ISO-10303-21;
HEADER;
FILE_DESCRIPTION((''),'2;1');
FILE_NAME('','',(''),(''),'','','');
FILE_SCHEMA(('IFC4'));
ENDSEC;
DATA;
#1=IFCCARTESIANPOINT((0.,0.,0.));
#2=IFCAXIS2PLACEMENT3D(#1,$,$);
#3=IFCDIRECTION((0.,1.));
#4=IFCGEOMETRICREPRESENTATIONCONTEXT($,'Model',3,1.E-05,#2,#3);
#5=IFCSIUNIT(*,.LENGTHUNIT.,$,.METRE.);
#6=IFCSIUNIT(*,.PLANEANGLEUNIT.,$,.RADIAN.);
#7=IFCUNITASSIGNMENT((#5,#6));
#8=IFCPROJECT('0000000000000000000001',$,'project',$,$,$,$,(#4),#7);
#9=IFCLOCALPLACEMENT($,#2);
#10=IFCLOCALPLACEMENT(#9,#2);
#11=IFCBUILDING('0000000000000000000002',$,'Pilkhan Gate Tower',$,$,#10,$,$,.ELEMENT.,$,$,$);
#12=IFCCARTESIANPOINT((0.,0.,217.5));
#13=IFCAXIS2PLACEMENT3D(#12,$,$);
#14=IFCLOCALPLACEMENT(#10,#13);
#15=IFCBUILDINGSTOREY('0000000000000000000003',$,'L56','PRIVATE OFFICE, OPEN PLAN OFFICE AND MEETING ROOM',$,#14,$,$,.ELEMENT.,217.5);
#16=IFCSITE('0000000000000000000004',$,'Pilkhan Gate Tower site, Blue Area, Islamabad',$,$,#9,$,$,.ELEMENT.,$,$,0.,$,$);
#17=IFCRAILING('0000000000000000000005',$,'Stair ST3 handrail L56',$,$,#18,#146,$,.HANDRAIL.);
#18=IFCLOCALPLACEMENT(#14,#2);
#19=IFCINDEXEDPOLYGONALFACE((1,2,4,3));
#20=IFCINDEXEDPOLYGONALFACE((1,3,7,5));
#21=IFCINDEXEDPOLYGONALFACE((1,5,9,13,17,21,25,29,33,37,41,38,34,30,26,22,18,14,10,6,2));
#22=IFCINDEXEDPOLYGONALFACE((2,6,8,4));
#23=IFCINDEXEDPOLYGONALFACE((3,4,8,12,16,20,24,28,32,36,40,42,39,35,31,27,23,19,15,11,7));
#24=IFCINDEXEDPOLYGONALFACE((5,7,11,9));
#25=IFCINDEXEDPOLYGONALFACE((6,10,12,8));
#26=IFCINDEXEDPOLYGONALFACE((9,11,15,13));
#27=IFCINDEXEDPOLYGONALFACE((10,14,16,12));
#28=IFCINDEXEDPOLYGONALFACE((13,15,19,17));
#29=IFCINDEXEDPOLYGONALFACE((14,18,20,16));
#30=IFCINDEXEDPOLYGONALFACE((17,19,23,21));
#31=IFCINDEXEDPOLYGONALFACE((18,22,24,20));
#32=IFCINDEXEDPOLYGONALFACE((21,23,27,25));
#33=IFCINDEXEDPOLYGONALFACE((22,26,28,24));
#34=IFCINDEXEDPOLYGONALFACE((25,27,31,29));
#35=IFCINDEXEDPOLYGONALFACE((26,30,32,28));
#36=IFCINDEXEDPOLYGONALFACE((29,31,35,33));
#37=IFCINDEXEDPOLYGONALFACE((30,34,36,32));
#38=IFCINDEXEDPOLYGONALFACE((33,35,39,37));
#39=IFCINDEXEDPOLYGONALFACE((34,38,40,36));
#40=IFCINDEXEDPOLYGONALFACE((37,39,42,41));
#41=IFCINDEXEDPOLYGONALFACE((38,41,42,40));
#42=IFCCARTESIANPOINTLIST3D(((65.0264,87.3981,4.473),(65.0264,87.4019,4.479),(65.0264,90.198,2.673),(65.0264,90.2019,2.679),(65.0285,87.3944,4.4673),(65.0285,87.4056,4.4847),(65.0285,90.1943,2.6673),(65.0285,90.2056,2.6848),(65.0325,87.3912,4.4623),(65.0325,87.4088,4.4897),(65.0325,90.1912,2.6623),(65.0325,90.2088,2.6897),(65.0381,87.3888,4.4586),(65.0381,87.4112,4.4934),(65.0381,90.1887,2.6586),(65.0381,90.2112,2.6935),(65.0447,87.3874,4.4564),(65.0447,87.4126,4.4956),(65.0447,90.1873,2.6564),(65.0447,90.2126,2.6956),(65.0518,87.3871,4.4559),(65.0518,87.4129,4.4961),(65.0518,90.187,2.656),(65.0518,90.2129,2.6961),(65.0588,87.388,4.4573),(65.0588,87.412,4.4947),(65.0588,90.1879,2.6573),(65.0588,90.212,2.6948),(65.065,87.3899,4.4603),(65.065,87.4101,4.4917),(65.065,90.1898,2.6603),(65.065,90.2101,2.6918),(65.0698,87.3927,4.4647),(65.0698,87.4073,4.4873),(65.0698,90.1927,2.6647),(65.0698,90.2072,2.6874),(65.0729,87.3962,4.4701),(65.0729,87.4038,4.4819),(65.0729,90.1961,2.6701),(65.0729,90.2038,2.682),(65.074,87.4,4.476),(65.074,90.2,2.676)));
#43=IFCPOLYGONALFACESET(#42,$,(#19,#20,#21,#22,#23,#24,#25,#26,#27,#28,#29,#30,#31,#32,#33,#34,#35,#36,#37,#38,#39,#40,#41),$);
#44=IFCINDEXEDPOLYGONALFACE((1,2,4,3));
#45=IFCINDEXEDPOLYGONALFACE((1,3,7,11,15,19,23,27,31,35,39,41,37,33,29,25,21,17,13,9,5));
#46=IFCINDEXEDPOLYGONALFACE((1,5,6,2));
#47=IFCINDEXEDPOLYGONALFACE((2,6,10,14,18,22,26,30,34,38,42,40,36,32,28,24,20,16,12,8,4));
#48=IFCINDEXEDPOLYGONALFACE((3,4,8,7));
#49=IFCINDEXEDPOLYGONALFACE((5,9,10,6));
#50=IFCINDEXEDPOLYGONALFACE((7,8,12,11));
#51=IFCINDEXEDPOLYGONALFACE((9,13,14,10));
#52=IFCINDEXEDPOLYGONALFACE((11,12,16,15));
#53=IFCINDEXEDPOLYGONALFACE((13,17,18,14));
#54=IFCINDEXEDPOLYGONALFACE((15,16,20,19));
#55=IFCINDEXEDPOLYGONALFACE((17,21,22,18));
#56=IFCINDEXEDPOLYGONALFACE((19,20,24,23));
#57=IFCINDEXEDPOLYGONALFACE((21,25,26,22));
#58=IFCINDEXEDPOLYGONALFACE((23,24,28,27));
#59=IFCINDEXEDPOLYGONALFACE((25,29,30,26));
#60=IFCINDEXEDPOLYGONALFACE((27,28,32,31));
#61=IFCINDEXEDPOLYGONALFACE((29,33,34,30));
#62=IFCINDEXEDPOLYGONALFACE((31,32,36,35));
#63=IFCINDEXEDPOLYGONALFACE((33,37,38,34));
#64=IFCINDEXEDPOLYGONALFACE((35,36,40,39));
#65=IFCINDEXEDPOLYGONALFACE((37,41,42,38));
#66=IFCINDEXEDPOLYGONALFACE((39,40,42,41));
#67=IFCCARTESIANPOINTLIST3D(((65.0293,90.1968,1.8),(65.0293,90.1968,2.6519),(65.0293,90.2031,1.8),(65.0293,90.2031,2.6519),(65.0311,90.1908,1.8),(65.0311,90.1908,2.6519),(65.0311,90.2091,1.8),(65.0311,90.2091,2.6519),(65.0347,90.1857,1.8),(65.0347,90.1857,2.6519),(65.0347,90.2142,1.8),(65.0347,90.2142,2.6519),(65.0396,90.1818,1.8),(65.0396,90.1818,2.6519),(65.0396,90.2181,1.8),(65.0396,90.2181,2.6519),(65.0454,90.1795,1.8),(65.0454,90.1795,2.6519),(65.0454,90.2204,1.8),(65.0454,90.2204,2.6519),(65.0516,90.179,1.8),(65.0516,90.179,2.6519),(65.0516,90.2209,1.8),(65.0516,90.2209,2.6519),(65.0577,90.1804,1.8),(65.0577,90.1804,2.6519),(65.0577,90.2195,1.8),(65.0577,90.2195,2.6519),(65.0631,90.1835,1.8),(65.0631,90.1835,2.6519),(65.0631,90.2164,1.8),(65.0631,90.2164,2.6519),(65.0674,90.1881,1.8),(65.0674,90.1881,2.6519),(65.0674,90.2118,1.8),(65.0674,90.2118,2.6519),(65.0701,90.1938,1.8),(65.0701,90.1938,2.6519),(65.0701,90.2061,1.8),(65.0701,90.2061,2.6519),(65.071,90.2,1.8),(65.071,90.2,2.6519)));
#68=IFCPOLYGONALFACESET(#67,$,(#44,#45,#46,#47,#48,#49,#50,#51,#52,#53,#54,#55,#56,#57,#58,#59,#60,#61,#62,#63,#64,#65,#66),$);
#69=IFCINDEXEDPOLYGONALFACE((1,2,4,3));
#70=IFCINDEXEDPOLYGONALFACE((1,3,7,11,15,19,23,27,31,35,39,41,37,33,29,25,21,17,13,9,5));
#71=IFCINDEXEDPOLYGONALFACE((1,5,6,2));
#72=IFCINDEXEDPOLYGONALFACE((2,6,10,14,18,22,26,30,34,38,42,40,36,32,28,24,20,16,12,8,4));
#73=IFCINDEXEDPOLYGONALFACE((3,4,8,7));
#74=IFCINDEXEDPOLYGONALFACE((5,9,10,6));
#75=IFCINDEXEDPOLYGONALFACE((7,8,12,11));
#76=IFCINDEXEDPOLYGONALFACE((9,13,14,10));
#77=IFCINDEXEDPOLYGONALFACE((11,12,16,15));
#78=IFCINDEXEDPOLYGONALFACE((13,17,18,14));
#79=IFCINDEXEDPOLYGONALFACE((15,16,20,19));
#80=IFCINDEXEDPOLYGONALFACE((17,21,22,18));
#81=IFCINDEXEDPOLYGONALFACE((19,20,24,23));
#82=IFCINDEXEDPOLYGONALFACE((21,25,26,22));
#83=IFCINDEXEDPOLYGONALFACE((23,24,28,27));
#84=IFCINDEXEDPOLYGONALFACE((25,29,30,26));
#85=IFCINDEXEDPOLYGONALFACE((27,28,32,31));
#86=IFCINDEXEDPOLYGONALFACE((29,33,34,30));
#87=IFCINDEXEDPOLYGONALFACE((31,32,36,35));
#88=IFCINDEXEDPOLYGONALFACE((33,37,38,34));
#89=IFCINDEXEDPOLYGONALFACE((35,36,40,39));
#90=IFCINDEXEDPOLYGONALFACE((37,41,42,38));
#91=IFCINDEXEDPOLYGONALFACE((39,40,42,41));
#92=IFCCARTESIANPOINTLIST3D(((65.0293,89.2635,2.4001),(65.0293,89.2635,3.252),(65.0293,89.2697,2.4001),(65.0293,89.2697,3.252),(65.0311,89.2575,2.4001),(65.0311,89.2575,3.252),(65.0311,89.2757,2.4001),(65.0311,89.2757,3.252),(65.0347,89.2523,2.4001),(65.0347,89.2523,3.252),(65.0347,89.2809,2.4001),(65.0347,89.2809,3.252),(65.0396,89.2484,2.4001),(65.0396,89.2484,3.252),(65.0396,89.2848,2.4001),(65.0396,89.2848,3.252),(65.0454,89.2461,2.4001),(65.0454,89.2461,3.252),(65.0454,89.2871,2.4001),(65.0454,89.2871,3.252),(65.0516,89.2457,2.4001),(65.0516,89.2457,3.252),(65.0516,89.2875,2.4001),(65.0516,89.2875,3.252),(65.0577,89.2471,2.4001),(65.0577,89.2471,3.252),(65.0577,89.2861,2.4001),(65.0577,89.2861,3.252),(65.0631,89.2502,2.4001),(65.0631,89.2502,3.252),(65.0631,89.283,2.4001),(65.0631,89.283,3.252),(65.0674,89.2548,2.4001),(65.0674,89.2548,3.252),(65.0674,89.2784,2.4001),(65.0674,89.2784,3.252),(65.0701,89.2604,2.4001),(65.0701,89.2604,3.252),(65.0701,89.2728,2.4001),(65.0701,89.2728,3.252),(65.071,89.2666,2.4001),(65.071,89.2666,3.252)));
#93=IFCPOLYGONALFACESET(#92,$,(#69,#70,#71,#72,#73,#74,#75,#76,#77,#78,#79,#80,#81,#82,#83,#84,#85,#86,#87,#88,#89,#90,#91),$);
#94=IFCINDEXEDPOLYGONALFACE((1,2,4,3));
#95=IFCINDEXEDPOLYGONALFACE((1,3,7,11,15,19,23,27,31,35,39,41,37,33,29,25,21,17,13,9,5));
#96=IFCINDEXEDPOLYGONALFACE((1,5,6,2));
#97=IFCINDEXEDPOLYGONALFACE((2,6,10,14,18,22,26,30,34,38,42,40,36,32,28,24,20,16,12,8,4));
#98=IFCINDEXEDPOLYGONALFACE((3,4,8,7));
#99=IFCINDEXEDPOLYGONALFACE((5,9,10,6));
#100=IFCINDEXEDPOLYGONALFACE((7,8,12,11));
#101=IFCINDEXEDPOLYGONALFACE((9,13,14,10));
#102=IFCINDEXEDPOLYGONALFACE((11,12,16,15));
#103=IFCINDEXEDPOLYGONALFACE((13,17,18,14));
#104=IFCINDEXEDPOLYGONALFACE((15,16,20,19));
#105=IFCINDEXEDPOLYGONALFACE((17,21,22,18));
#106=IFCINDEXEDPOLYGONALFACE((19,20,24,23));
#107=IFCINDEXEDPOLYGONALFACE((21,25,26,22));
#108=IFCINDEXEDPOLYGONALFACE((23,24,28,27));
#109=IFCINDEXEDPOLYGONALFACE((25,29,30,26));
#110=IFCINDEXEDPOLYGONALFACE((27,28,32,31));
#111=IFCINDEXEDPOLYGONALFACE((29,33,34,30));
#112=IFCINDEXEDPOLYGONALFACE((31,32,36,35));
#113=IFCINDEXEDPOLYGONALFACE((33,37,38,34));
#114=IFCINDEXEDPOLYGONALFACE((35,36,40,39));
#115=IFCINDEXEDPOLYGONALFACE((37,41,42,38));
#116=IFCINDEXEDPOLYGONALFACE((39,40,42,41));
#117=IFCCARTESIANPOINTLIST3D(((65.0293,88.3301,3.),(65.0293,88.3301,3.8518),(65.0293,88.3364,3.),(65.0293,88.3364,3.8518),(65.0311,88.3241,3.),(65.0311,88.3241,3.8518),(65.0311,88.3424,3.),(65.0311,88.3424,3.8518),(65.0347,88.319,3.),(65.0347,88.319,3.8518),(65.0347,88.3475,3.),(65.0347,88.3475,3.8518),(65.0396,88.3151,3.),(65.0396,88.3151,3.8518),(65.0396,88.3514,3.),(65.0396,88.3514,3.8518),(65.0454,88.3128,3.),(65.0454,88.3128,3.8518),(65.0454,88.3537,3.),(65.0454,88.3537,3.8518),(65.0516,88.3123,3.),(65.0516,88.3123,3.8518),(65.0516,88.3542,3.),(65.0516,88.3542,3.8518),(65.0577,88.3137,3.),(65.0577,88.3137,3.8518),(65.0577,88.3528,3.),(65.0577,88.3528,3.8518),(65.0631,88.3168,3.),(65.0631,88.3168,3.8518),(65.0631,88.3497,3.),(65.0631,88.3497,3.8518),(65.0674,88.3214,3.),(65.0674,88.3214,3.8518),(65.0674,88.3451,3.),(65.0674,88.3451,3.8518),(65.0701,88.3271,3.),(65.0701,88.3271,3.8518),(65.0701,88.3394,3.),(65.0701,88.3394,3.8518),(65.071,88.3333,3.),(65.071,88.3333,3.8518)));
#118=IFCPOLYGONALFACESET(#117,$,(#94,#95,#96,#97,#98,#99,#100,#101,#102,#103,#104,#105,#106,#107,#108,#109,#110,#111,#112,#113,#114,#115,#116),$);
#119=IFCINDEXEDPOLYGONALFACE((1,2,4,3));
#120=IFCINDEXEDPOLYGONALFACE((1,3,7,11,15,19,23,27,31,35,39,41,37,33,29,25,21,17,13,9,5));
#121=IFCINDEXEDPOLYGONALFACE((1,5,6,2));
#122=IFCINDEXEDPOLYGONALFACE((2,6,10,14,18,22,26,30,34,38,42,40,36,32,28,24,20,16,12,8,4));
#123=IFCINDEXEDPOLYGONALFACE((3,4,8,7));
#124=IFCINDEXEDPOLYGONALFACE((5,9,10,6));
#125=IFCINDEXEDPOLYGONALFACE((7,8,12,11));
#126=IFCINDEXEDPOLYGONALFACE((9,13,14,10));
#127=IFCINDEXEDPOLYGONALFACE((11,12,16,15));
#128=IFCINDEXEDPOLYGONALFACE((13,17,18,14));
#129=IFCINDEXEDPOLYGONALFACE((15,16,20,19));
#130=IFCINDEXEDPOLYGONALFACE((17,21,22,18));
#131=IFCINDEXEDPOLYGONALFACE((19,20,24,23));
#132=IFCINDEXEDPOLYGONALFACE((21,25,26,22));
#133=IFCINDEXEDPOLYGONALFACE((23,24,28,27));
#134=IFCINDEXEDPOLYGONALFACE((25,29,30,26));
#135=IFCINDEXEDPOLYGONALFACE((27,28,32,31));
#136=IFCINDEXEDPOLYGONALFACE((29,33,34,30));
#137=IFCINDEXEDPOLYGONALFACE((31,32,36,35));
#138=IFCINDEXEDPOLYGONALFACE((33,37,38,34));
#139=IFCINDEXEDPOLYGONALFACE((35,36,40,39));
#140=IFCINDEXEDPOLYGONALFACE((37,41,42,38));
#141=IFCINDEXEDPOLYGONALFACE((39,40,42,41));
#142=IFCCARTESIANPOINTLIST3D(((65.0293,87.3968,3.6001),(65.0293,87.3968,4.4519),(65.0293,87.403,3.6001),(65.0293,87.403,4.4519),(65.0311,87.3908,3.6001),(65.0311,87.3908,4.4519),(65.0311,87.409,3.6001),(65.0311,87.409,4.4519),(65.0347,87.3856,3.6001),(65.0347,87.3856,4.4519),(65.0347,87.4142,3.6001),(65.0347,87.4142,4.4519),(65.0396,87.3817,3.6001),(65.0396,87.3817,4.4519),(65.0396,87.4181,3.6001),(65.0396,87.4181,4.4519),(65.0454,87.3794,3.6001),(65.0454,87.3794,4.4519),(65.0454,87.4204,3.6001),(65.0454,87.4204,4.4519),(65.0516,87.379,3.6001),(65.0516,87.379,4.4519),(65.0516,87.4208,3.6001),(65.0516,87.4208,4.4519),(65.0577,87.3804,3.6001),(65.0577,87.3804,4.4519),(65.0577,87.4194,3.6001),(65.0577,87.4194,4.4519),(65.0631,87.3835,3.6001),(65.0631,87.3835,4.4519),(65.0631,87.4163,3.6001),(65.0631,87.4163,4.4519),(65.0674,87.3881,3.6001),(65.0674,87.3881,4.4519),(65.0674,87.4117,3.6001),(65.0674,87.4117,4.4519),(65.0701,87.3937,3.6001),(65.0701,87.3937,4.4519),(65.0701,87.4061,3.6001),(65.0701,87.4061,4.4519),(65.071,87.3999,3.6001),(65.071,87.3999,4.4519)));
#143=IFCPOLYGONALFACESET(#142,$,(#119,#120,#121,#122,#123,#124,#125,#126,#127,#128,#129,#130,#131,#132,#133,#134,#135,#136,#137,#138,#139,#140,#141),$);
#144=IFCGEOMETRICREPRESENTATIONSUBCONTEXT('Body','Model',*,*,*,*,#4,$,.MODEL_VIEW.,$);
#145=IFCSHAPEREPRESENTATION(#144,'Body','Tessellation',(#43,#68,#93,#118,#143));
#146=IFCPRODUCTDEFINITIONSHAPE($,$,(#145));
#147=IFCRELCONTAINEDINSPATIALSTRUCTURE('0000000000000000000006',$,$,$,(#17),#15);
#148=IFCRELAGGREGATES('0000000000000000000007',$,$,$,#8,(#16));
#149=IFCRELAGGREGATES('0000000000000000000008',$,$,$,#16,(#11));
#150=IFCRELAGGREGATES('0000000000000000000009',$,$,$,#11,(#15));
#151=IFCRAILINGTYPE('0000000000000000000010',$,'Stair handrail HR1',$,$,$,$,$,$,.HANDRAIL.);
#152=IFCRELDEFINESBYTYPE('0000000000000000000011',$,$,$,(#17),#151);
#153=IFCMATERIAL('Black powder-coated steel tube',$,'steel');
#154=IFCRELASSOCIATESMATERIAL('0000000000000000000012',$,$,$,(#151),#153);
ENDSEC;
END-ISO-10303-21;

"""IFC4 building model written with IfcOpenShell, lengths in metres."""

from ifc_helpers import new_model, si_unit, direction, frame, origin, origin_2d, place, context, subcontext, project, spatial, circle, extrude, material, type_object, element, save


model = new_model("IFC4")

# Units and contexts
model_context = context("Model", 3, precision=1e-05, world=origin(), true_north=direction((0.0, 1.0)))
body_context = subcontext(model_context, "Body", "Model", "MODEL_VIEW")
ifc_project = project(units=[si_unit("LENGTHUNIT", "METRE"), si_unit("PLANEANGLEUNIT", "RADIAN")], contexts=[model_context])

# Site, building, storey
site_placement = place(None, origin())
site = spatial("IfcSite", under=ifc_project, at=site_placement, Name="Pilkhan Gate Tower site, Blue Area, Islamabad", CompositionType="ELEMENT", RefElevation=0.0)
building_placement = place(site_placement, origin())
building = spatial("IfcBuilding", under=site, at=building_placement, Name="Pilkhan Gate Tower", CompositionType="ELEMENT")
storey_placement = place(building_placement, frame((0.0, 0.0, 217.5)))
storey = spatial("IfcBuildingStorey", under=building, at=storey_placement, Name="L56", Description="PRIVATE OFFICE, OPEN PLAN OFFICE AND MEETING ROOM", CompositionType="ELEMENT", Elevation=217.5)

# Railing
ifc_material_1 = material(Name="Black powder-coated steel tube", Category="steel")
railing_type_1 = type_object("IfcRailingType", Name="Stair handrail HR1", PredefinedType="HANDRAIL", material=ifc_material_1)
railing_1_placement = place(storey_placement, frame((65.05, 90.2, 1.8)))
element("IfcRailing", 1, at=railing_1_placement, inside=storey, type_object=railing_type_1, Name="Stair ST3 handrail L56", PredefinedType="HANDRAIL", context=body_context, shape_type="SweptSolid", body=[
    extrude(circle(Radius=0.0239, at=origin_2d()), frame((0.0, 0.0, 0.876), z_axis=(0.0, -0.841176, 0.540761), x_axis=(1.0, 0.0, 0.0)), (0.0, 0.0, 1.0), 3.3286),
    extrude(circle(Radius=0.021, at=origin_2d()), origin(), (0.0, 0.0, 1.0), 0.8518),
    extrude(circle(Radius=0.021, at=origin_2d()), frame((0.0, -0.9333, 0.6001)), (0.0, 0.0, 1.0), 0.8518),
    extrude(circle(Radius=0.021, at=origin_2d()), frame((0.0, -1.8667, 1.2)), (0.0, 0.0, 1.0), 0.8518),
    extrude(circle(Radius=0.021, at=origin_2d()), frame((0.0, -2.8, 1.8)), (0.0, 0.0, 1.0), 0.8518),
])

save(model, "model.ifc")
